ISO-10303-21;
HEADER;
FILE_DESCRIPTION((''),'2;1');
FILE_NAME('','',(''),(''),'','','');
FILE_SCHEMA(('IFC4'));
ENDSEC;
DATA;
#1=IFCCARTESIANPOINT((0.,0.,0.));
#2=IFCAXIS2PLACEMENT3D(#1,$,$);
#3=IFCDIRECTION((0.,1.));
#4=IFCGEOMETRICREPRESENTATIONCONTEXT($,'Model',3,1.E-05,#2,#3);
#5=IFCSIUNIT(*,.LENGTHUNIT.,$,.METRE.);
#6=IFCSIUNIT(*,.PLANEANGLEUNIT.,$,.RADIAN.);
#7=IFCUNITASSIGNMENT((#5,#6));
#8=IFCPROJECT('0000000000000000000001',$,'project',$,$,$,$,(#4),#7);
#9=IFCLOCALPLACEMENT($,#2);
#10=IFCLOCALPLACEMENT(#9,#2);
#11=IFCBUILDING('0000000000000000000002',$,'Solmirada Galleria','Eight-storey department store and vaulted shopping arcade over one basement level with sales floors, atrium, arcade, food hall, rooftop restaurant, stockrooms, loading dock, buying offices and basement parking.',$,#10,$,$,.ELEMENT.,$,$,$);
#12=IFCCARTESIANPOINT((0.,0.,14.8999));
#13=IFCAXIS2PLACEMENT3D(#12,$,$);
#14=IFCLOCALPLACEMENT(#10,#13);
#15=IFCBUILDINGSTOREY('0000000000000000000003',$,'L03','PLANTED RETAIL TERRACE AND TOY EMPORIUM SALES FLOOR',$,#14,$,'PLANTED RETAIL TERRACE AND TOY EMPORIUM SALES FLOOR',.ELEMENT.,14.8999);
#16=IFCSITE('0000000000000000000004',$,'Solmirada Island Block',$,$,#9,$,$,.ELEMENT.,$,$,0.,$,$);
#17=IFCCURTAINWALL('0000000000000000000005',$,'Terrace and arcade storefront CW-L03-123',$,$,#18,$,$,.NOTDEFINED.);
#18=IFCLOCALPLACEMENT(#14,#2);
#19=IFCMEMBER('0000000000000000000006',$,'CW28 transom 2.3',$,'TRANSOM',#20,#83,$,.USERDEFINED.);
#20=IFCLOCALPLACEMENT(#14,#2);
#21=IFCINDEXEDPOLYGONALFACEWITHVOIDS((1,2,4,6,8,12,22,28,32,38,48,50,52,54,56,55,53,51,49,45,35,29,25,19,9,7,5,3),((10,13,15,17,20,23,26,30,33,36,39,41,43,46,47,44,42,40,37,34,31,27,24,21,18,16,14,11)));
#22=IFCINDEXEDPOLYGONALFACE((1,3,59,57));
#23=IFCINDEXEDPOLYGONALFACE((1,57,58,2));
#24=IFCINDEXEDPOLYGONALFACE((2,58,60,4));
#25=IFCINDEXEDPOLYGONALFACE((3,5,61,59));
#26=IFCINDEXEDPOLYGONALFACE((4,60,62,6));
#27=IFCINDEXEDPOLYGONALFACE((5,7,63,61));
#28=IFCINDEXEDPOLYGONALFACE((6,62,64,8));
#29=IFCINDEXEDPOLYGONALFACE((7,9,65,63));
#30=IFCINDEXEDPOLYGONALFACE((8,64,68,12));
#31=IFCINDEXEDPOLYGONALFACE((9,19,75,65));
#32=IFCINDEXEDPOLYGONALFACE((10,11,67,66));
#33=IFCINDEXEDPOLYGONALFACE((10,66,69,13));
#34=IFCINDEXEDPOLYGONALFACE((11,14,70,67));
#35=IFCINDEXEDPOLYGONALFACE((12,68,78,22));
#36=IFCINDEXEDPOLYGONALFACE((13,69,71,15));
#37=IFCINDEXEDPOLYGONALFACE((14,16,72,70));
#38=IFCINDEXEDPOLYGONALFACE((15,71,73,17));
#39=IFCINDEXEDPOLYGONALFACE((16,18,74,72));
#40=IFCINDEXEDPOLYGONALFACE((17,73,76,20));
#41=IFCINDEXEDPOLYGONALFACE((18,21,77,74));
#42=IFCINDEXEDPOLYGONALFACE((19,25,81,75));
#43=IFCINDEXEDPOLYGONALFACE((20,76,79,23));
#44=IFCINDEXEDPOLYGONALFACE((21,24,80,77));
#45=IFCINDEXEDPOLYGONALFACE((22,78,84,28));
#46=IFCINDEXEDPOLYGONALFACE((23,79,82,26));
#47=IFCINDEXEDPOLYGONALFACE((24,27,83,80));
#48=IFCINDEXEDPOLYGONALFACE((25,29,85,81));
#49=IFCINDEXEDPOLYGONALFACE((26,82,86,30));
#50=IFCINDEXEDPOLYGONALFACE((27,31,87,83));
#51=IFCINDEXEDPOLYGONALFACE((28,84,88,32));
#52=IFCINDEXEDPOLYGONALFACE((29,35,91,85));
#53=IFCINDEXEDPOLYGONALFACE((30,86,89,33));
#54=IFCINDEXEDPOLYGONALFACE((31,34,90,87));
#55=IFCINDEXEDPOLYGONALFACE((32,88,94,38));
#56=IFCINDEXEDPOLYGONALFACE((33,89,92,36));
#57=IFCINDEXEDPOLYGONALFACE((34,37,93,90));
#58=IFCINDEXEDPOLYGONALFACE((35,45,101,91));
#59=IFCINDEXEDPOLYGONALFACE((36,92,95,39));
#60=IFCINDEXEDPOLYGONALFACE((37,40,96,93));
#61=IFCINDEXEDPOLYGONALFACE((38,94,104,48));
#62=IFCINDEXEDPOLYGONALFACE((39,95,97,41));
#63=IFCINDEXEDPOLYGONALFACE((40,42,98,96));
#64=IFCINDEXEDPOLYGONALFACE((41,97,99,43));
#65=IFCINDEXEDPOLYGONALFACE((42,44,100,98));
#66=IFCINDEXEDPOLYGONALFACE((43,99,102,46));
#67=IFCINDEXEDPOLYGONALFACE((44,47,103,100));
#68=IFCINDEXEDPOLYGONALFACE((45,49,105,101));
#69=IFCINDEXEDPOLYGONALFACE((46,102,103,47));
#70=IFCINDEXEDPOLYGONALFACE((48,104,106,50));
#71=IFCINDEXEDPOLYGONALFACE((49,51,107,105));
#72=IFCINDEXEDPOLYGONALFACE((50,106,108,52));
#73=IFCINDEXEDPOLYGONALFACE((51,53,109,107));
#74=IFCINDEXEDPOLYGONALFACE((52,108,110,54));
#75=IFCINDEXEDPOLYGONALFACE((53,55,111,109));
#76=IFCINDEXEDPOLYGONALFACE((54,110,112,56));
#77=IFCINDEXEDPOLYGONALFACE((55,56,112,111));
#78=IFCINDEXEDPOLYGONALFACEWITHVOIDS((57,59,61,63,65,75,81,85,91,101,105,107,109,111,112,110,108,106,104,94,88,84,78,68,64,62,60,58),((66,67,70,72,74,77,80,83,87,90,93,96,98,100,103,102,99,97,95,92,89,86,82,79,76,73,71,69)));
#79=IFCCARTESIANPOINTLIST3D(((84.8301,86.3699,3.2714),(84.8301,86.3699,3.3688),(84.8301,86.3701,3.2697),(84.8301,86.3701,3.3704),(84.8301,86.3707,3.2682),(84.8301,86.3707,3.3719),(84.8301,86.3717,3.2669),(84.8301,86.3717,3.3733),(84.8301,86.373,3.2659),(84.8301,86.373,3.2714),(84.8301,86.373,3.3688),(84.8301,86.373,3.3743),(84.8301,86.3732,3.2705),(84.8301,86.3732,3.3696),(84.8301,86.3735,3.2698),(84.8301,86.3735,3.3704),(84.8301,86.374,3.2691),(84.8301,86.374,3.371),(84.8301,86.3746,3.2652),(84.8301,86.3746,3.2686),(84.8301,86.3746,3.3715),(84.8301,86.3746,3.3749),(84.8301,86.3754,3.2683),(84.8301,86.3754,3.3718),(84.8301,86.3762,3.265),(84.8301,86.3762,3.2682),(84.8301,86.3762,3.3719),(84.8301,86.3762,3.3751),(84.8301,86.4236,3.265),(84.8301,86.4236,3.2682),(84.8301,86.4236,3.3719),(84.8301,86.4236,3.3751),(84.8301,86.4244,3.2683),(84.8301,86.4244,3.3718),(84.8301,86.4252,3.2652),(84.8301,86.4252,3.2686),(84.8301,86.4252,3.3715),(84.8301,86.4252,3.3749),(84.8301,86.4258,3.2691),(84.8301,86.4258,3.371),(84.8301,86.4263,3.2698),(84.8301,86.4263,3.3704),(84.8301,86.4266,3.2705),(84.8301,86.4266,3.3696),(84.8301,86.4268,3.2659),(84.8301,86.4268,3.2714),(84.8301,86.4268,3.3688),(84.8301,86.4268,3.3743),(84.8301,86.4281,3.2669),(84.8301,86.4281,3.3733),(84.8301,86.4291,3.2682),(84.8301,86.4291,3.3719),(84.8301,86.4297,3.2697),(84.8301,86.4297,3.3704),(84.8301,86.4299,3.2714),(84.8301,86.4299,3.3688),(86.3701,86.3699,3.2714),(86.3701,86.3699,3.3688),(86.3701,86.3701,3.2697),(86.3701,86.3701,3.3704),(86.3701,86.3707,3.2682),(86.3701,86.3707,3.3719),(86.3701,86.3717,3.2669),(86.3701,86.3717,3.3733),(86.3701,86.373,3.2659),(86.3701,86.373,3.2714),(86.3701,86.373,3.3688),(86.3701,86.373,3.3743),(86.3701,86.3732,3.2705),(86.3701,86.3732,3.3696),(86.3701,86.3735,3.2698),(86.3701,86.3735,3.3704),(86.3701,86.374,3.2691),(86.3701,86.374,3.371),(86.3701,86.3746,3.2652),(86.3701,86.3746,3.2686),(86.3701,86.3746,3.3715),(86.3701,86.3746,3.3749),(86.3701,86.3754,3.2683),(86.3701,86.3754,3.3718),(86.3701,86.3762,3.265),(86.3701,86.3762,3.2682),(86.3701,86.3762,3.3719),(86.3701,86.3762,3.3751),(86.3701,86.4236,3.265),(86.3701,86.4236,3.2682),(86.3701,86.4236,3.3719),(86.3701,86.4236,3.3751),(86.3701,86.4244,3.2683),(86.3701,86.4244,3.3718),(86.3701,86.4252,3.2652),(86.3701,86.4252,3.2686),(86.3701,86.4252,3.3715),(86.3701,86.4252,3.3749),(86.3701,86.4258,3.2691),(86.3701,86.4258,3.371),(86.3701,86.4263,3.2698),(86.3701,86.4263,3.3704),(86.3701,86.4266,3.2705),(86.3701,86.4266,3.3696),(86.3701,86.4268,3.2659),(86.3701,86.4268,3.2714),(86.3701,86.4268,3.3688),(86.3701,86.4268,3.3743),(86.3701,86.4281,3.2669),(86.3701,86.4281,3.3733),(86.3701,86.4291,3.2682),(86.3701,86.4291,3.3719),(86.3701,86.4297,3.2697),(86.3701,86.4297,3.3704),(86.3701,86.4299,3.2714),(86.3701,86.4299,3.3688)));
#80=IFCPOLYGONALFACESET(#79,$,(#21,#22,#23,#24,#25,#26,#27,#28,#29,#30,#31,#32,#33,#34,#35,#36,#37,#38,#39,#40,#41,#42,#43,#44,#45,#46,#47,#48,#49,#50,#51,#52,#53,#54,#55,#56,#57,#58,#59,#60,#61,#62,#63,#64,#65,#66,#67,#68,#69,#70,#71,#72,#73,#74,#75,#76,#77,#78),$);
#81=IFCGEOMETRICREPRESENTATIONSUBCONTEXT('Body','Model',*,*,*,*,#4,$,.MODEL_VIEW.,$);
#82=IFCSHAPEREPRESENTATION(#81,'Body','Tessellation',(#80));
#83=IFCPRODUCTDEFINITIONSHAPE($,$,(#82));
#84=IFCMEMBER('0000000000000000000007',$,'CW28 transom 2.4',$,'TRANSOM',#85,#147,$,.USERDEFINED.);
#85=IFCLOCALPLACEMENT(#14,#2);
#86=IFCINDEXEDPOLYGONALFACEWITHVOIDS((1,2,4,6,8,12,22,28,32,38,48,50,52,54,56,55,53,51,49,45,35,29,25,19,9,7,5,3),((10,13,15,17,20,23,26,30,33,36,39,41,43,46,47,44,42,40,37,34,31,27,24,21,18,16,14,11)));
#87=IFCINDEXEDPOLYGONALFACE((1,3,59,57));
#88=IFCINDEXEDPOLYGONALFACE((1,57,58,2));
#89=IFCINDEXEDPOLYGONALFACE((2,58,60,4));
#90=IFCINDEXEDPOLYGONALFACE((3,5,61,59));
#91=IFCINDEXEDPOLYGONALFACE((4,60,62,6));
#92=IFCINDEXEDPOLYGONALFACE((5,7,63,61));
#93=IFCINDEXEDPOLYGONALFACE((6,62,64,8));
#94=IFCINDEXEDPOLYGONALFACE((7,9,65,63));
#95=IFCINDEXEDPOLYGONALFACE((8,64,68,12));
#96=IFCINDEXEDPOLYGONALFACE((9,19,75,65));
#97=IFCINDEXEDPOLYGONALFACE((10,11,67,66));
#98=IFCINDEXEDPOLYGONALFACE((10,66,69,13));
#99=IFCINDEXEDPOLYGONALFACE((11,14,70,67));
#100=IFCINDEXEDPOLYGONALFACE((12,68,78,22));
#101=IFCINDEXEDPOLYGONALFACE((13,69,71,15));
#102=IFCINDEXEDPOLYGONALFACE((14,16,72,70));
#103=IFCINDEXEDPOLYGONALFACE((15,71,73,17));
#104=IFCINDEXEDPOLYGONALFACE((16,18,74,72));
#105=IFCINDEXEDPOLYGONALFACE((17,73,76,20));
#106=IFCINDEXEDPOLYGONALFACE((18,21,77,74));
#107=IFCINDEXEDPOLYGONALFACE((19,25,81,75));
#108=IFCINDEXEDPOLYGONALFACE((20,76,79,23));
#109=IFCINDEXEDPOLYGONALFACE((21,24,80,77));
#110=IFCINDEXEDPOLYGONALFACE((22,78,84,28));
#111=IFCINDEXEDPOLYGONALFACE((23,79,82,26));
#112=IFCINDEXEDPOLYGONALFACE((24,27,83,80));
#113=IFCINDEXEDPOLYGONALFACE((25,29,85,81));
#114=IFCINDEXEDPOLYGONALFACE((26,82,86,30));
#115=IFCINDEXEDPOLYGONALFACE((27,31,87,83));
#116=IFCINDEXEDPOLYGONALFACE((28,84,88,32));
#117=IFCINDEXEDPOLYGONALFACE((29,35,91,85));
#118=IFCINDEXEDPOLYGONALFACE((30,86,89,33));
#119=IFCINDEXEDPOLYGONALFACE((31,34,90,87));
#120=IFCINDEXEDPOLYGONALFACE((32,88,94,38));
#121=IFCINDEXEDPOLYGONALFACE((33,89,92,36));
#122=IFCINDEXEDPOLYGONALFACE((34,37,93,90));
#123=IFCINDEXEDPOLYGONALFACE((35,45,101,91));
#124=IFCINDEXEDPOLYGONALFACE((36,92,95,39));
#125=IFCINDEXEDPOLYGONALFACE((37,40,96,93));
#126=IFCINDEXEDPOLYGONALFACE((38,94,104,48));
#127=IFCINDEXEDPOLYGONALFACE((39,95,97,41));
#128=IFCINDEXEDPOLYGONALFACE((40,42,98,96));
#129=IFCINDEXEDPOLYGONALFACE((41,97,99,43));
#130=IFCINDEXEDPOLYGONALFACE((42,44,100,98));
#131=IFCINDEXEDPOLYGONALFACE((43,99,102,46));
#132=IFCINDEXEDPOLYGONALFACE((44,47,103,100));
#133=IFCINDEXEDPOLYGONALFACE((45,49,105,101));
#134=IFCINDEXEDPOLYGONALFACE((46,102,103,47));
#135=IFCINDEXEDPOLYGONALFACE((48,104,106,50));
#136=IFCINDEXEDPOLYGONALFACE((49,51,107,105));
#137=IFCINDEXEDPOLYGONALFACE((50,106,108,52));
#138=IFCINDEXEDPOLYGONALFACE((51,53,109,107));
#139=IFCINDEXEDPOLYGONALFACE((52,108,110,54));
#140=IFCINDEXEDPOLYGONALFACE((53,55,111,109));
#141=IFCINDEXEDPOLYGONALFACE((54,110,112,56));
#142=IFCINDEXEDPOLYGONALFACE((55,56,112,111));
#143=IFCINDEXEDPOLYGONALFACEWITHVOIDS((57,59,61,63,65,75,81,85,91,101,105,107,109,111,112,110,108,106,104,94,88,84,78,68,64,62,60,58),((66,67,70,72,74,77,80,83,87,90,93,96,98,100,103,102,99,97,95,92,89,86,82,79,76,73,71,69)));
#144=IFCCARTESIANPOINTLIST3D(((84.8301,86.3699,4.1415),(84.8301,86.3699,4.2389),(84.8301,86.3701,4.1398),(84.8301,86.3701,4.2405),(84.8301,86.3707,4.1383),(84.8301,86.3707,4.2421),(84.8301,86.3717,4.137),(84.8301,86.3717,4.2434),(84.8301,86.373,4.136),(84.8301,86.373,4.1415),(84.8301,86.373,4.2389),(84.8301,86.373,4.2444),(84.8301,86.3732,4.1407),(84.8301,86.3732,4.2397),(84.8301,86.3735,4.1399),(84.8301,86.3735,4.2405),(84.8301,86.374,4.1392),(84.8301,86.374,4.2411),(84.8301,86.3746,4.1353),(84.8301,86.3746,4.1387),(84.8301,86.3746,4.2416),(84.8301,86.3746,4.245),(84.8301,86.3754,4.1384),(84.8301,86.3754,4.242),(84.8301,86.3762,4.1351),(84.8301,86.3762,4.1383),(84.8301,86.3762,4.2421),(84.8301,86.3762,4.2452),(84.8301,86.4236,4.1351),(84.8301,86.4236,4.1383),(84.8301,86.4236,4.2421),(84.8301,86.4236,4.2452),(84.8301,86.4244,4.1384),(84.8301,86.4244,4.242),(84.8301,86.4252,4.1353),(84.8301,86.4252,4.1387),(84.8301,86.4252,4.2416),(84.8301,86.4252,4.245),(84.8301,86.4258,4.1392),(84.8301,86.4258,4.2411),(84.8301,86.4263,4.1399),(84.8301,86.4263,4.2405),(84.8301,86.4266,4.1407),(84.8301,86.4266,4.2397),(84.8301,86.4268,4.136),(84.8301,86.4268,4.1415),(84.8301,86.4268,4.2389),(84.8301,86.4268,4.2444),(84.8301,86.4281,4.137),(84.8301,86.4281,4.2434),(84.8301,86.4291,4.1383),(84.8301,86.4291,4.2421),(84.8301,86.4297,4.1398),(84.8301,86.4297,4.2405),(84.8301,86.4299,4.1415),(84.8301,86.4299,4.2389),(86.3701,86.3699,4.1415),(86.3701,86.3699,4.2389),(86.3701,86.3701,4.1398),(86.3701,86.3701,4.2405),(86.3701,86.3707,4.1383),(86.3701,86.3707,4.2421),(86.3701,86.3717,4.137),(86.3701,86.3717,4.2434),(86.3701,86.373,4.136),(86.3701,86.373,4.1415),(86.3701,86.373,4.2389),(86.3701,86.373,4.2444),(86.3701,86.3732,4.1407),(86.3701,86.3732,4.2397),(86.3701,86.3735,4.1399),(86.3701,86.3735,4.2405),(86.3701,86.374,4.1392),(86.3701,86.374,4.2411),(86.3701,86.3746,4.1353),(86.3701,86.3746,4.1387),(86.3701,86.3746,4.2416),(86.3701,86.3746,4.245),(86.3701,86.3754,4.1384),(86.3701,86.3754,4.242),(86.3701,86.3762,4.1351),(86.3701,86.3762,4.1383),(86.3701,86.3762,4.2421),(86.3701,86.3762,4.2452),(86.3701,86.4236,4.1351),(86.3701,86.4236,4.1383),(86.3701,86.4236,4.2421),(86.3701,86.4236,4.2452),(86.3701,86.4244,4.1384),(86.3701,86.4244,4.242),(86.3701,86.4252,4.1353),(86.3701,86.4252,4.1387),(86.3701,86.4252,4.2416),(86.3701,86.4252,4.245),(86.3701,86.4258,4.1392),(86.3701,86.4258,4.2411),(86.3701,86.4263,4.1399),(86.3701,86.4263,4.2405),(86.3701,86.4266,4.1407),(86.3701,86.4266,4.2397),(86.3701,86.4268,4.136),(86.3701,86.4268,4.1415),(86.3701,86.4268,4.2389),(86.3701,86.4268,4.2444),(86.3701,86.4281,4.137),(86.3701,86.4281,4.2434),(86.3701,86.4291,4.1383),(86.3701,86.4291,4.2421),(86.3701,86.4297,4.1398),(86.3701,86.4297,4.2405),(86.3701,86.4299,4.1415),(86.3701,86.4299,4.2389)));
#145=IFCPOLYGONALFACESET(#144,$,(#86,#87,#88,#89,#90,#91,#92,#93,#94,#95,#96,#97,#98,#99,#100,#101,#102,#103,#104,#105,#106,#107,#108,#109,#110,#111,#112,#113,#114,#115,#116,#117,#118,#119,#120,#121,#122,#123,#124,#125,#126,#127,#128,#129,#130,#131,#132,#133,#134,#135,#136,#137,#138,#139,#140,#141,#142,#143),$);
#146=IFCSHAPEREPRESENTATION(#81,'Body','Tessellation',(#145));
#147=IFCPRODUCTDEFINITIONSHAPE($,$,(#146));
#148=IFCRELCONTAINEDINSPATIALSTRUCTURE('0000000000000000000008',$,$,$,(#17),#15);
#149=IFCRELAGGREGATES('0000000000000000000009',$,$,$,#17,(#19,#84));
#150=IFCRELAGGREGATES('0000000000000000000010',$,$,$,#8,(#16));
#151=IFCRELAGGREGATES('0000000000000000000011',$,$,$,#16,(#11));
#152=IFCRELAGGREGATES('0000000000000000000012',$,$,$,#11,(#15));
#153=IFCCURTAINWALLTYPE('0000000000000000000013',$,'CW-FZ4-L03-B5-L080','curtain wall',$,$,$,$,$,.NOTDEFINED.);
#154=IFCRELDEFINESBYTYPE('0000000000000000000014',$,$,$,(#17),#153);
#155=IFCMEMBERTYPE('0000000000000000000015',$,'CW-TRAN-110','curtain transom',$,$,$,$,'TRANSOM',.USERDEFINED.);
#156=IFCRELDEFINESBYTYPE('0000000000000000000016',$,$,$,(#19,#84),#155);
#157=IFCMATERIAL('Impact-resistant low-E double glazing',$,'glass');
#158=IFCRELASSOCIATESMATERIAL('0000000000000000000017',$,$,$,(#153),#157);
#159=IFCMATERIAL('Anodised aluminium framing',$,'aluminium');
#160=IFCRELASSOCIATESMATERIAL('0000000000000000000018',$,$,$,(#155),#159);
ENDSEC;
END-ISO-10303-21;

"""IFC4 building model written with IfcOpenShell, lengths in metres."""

from ifc_helpers import new_model, si_unit, direction, frame, origin, origin_2d, place, context, subcontext, project, spatial, hollow_rectangle, extrude, material, material_profile, profile_set, type_object, element, aggregate, save


model = new_model("IFC4")

# Units and contexts
model_context = context("Model", 3, precision=1e-05, world=origin(), true_north=direction((0.0, 1.0)))
body_context = subcontext(model_context, "Body", "Model", "MODEL_VIEW")
ifc_project = project(units=[si_unit("LENGTHUNIT", "METRE"), si_unit("PLANEANGLEUNIT", "RADIAN")], contexts=[model_context])

# Site, building, storey
site_placement = place(None, origin())
site = spatial("IfcSite", under=ifc_project, at=site_placement, Name="Solmirada Island Block", CompositionType="ELEMENT", RefElevation=0.0)
building_placement = place(site_placement, origin())
building = spatial("IfcBuilding", under=site, at=building_placement, Name="Solmirada Galleria", Description="Eight-storey department store and vaulted shopping arcade over one basement level with sales floors, atrium, arcade, food hall, rooftop restaurant, stockrooms, loading dock, buying offices and basement parking.", CompositionType="ELEMENT")
storey_placement = place(building_placement, frame((0.0, 0.0, 14.8999)))
storey = spatial("IfcBuildingStorey", under=building, at=storey_placement, Name="L03", Description="PLANTED RETAIL TERRACE AND TOY EMPORIUM SALES FLOOR", LongName="PLANTED RETAIL TERRACE AND TOY EMPORIUM SALES FLOOR", CompositionType="ELEMENT", Elevation=14.8999)

# Curtain wall, members
ifc_material_1 = material(Name="Impact-resistant low-E double glazing", Category="glass")
curtain_wall_type = type_object("IfcCurtainWallType", Name="CW-FZ4-L03-B5-L080", Description="curtain wall", PredefinedType="NOTDEFINED", material=ifc_material_1)
curtain_wall_placement = place(storey_placement, origin())
curtain_wall = element("IfcCurtainWall", 1, at=curtain_wall_placement, inside=storey, type_object=curtain_wall_type, Name="Terrace and arcade storefront CW-L03-123", PredefinedType="NOTDEFINED")
ifc_material_2 = material(Name="Anodised aluminium framing", Category="aluminium")
ifc_material_profile_1 = material_profile(ifc_material_2, hollow_rectangle(XDim=0.0601, YDim=0.1101, WallThickness=0.0032, InnerFilletRadius=0.0032, OuterFilletRadius=0.0063, at=origin_2d()), Name="ALU-TRAN-110X60")
ifc_profile_set_1 = profile_set([ifc_material_profile_1], Name="Anodised aluminium framing")
member_type_1 = type_object("IfcMemberType", Name="CW-TRAN-110", Description="curtain transom", ElementType="TRANSOM", PredefinedType="USERDEFINED", material=ifc_profile_set_1)
member_1_placement = place(storey_placement, frame((86.3701, 86.3999, 3.3201), z_axis=(-1.0, 0.0, 0.0), x_axis=(0.0, -1.0, 0.0)))
member_1 = element("IfcMember", 2, at=member_1_placement, type_object=member_type_1, Name="CW28 transom 2.3", ObjectType="TRANSOM", PredefinedType="USERDEFINED", context=body_context, shape_type="SweptSolid", body=[
    extrude(hollow_rectangle(XDim=0.0601, YDim=0.1101, WallThickness=0.0032, InnerFilletRadius=0.0032, OuterFilletRadius=0.0063, at=origin_2d()), origin(), (0.0, 0.0, 1.0), 1.54),
])
member_2_placement = place(storey_placement, frame((86.3701, 86.3999, 4.1902), z_axis=(-1.0, 0.0, 0.0), x_axis=(0.0, -1.0, 0.0)))
member_2 = element("IfcMember", 3, at=member_2_placement, type_object=member_type_1, Name="CW28 transom 2.4", ObjectType="TRANSOM", PredefinedType="USERDEFINED", context=body_context, shape_type="SweptSolid", body=[
    extrude(hollow_rectangle(XDim=0.0601, YDim=0.1101, WallThickness=0.0032, InnerFilletRadius=0.0032, OuterFilletRadius=0.0063, at=origin_2d()), origin(), (0.0, 0.0, 1.0), 1.54),
])
aggregate(curtain_wall, [member_1, member_2])

save(model, "model.ifc")
